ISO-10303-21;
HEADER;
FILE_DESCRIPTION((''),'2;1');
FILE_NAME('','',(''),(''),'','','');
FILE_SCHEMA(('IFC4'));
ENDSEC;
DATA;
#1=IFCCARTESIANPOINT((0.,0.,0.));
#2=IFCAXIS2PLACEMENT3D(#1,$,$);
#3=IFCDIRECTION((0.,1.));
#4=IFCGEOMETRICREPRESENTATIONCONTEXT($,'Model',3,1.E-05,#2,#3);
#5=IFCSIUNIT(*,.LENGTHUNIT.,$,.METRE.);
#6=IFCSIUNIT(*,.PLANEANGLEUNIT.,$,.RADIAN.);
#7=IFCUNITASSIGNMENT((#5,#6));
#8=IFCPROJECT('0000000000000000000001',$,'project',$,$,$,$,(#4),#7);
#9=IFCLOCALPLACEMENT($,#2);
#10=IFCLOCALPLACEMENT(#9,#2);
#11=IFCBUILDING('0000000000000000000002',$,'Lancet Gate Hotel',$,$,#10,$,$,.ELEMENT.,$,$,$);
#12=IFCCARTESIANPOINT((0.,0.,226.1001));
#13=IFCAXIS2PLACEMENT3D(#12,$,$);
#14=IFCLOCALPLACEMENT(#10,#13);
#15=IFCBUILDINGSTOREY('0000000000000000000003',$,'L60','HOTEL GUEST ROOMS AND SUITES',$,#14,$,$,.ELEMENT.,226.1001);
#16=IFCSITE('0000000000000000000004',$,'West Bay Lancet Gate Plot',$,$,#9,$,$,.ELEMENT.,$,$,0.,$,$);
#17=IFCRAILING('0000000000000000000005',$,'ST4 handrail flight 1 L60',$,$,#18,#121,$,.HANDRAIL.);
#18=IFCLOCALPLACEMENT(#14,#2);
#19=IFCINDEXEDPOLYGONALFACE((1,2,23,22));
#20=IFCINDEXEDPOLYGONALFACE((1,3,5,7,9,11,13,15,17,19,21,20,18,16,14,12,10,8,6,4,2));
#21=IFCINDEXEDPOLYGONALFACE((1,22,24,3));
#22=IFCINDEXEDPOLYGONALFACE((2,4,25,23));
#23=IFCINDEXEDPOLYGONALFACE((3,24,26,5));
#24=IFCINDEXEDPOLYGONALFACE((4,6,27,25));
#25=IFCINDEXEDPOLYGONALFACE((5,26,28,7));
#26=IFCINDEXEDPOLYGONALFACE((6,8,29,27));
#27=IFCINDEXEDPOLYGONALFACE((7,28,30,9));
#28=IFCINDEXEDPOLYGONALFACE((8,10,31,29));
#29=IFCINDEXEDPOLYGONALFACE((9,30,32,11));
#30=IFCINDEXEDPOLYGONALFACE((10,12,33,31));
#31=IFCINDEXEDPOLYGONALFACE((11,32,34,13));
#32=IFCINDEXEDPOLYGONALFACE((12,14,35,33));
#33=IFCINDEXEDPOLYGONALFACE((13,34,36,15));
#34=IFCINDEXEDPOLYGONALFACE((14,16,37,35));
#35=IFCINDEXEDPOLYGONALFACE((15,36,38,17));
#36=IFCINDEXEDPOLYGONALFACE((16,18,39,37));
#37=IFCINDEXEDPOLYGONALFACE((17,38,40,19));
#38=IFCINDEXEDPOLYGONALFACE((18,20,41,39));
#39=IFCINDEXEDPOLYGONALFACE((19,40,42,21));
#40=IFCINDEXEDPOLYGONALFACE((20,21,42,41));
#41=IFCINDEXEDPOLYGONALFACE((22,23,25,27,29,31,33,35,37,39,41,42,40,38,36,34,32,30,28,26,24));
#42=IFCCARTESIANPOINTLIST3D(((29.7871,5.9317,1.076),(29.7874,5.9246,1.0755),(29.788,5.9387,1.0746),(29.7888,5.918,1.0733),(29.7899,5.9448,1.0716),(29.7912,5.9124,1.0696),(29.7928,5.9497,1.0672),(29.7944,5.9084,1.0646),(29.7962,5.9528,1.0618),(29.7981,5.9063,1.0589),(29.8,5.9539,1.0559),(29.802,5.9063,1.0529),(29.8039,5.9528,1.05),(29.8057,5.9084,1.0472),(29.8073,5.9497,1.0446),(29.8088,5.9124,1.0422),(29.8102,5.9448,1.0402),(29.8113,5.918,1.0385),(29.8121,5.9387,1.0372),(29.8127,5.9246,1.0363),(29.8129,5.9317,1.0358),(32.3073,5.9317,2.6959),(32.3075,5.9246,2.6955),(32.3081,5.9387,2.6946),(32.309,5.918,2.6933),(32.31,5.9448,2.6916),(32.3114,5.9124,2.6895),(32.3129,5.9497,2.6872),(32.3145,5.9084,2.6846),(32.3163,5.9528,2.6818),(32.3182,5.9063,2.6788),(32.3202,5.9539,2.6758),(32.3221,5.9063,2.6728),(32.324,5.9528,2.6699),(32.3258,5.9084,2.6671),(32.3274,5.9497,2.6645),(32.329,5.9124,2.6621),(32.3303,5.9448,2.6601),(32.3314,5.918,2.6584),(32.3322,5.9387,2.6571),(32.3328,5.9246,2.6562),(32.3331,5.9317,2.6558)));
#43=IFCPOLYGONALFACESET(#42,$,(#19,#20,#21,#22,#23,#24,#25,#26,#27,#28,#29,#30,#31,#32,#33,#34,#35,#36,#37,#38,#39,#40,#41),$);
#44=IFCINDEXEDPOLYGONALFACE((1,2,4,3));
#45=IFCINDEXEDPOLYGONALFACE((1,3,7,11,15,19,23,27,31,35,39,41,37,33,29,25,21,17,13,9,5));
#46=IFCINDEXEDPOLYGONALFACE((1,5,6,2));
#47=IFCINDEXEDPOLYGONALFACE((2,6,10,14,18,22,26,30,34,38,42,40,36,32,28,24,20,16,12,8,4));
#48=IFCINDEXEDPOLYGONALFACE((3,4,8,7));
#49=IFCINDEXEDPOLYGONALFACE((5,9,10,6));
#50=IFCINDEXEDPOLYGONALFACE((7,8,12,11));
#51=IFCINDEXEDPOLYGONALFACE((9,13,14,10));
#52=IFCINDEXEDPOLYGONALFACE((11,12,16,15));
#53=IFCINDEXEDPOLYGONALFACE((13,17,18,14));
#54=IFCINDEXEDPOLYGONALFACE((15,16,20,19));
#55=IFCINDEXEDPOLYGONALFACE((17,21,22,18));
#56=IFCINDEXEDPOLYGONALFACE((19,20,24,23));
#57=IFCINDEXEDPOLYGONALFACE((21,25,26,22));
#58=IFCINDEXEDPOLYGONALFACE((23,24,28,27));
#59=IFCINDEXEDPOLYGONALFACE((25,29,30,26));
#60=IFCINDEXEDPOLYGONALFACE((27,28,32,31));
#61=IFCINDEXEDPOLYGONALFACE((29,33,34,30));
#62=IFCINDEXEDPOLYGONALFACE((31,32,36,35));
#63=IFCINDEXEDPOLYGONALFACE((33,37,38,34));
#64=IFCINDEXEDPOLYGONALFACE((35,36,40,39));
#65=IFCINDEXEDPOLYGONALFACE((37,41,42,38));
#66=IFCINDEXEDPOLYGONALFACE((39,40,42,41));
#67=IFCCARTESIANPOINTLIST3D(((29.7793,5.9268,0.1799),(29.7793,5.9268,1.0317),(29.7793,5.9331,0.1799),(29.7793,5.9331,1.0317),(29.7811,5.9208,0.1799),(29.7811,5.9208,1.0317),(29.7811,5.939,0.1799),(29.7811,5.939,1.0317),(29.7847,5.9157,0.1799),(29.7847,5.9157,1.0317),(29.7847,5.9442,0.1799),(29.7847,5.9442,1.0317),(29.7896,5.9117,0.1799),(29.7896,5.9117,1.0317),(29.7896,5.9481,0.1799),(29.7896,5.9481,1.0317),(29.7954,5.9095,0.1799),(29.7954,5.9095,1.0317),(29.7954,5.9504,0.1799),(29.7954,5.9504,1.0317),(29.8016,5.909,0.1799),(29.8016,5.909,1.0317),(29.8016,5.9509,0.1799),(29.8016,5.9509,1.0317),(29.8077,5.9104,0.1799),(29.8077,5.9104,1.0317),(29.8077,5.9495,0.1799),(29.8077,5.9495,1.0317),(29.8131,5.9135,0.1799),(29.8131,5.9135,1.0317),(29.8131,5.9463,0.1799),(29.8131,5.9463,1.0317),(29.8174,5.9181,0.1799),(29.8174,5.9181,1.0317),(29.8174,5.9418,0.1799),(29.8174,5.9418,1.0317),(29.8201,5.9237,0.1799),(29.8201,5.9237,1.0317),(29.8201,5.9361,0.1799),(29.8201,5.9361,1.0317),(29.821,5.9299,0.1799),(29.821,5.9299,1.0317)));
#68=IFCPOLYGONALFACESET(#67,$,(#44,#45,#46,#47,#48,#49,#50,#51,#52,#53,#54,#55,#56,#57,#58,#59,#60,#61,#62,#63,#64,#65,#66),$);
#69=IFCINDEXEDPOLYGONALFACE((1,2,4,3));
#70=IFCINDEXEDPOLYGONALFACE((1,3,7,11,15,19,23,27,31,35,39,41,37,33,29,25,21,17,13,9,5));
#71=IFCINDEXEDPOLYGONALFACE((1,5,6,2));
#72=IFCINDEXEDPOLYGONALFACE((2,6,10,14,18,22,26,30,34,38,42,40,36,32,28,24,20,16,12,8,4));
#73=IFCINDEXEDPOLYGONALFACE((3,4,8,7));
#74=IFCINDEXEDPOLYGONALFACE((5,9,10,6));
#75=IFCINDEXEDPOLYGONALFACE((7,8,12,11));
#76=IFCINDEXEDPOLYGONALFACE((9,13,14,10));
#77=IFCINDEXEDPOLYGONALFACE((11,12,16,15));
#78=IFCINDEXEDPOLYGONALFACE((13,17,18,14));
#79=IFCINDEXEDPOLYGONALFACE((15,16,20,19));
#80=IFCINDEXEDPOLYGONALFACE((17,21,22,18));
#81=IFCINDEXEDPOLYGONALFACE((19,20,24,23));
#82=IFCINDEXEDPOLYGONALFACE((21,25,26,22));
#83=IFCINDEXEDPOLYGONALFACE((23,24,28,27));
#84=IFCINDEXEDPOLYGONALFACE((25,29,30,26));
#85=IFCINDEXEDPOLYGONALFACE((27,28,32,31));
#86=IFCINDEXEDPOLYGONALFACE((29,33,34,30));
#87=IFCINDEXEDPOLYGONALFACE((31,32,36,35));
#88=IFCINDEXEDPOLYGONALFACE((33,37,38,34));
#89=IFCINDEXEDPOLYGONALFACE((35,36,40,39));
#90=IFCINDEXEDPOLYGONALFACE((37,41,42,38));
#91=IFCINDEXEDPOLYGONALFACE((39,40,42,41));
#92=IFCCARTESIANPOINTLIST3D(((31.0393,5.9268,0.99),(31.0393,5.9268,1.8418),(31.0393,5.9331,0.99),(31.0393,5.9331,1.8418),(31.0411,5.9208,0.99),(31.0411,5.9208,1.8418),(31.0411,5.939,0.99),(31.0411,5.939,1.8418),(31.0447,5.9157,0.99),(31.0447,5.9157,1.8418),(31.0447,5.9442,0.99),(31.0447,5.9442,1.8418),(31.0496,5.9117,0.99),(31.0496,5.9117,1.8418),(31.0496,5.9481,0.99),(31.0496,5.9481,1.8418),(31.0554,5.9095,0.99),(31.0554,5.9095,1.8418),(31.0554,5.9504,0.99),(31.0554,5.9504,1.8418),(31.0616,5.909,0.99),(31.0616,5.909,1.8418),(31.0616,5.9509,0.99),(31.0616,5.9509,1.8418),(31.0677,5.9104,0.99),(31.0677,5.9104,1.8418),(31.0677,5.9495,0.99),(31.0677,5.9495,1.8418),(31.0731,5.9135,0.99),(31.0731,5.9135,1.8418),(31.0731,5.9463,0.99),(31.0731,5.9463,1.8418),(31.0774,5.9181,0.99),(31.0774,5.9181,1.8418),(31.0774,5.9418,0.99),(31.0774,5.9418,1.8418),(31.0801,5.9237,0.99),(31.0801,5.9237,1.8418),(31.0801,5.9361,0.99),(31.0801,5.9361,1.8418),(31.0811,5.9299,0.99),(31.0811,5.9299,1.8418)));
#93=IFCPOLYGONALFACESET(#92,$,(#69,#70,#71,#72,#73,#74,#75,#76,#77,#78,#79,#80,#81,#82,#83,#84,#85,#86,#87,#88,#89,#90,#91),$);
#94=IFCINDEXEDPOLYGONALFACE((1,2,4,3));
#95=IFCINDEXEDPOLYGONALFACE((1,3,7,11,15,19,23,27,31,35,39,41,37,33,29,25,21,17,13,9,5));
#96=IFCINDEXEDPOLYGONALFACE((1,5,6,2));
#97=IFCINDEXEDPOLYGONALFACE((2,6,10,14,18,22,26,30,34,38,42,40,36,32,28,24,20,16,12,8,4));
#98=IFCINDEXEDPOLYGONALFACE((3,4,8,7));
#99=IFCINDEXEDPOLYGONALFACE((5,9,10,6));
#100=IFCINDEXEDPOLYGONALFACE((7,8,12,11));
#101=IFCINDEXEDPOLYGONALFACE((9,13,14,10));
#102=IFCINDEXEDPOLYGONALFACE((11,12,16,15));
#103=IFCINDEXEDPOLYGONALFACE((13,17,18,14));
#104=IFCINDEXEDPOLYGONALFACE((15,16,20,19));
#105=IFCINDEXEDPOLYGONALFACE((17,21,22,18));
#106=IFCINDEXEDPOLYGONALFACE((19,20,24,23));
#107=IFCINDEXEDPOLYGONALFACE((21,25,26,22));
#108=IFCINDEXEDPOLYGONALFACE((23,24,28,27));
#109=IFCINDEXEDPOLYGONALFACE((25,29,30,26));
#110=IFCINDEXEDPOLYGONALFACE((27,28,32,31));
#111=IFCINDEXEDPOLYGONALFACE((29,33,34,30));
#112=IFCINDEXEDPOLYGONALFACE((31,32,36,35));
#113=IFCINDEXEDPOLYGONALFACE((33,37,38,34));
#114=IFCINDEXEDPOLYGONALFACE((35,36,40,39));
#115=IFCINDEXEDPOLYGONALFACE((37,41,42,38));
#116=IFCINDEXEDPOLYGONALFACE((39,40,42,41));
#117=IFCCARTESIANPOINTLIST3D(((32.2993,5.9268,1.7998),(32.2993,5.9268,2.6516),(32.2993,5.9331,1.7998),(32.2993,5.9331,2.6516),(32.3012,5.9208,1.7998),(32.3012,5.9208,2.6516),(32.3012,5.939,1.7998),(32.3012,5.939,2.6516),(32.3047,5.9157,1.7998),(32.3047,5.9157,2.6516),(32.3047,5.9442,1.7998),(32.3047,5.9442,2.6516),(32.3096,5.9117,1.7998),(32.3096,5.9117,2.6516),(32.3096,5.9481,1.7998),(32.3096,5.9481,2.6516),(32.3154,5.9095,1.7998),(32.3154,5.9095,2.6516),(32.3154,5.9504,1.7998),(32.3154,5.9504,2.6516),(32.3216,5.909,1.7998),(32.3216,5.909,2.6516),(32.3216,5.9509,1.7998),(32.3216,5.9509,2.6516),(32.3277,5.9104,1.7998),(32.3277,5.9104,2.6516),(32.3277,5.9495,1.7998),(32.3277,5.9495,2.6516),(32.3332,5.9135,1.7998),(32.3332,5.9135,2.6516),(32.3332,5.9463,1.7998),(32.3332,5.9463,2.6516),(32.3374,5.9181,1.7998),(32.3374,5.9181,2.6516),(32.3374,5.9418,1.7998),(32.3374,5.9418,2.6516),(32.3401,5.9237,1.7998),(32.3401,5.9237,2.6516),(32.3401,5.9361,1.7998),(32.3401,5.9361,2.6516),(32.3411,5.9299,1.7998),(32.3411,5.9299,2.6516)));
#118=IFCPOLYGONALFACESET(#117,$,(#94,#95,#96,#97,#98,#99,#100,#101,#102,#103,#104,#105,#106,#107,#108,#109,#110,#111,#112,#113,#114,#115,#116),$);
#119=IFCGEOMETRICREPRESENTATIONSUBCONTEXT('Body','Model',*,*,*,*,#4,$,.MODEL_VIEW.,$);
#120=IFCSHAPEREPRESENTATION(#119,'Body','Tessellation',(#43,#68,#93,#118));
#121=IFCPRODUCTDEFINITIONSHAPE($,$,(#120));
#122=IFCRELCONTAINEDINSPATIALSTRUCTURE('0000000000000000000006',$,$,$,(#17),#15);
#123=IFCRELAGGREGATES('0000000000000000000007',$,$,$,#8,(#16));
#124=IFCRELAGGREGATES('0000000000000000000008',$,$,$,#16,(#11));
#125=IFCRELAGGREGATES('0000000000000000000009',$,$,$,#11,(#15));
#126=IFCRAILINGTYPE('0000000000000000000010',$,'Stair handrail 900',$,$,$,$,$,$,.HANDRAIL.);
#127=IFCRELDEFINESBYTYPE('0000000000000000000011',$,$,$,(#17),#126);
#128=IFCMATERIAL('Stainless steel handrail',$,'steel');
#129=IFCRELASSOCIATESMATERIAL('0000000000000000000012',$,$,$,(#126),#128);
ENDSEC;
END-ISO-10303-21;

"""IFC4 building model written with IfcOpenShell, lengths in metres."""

from ifc_helpers import new_model, si_unit, direction, frame, origin, origin_2d, place, context, subcontext, project, spatial, circle, extrude, material, type_object, element, save


model = new_model("IFC4")

# Units and contexts
model_context = context("Model", 3, precision=1e-05, world=origin(), true_north=direction((0.0, 1.0)))
body_context = subcontext(model_context, "Body", "Model", "MODEL_VIEW")
ifc_project = project(units=[si_unit("LENGTHUNIT", "METRE"), si_unit("PLANEANGLEUNIT", "RADIAN")], contexts=[model_context])

# Site, building, storey
site_placement = place(None, origin())
site = spatial("IfcSite", under=ifc_project, at=site_placement, Name="West Bay Lancet Gate Plot", CompositionType="ELEMENT", RefElevation=0.0)
building_placement = place(site_placement, origin())
building = spatial("IfcBuilding", under=site, at=building_placement, Name="Lancet Gate Hotel", CompositionType="ELEMENT")
storey_placement = place(building_placement, frame((0.0, 0.0, 226.1001)))
storey = spatial("IfcBuildingStorey", under=building, at=storey_placement, Name="L60", Description="HOTEL GUEST ROOMS AND SUITES", CompositionType="ELEMENT", Elevation=226.1001)

# Railing
ifc_material_1 = material(Name="Stainless steel handrail", Category="steel")
railing_type = type_object("IfcRailingType", Name="Stair handrail 900", PredefinedType="HANDRAIL", material=ifc_material_1)
railing_1_placement = place(storey_placement, frame((29.8, 5.9299, 0.1799)))
element("IfcRailing", 1, at=railing_1_placement, inside=storey, type_object=railing_type, Name="ST4 handrail flight 1 L60", PredefinedType="HANDRAIL", context=body_context, shape_type="SweptSolid", body=[
    extrude(circle(Radius=0.0239, at=origin_2d()), frame((0.0, 0.0, 0.876), z_axis=(0.8412, 0.0, 0.540725), x_axis=(0.0, 1.0, 0.0)), (0.0, 0.0, 1.0), 2.9958),
    extrude(circle(Radius=0.021, at=origin_2d()), origin(), (0.0, 0.0, 1.0), 0.8518),
    extrude(circle(Radius=0.021, at=origin_2d()), frame((1.26, 0.0, 0.8101)), (0.0, 0.0, 1.0), 0.8518),
    extrude(circle(Radius=0.021, at=origin_2d()), frame((2.52, 0.0, 1.6199)), (0.0, 0.0, 1.0), 0.8518),
])

save(model, "model.ifc")
